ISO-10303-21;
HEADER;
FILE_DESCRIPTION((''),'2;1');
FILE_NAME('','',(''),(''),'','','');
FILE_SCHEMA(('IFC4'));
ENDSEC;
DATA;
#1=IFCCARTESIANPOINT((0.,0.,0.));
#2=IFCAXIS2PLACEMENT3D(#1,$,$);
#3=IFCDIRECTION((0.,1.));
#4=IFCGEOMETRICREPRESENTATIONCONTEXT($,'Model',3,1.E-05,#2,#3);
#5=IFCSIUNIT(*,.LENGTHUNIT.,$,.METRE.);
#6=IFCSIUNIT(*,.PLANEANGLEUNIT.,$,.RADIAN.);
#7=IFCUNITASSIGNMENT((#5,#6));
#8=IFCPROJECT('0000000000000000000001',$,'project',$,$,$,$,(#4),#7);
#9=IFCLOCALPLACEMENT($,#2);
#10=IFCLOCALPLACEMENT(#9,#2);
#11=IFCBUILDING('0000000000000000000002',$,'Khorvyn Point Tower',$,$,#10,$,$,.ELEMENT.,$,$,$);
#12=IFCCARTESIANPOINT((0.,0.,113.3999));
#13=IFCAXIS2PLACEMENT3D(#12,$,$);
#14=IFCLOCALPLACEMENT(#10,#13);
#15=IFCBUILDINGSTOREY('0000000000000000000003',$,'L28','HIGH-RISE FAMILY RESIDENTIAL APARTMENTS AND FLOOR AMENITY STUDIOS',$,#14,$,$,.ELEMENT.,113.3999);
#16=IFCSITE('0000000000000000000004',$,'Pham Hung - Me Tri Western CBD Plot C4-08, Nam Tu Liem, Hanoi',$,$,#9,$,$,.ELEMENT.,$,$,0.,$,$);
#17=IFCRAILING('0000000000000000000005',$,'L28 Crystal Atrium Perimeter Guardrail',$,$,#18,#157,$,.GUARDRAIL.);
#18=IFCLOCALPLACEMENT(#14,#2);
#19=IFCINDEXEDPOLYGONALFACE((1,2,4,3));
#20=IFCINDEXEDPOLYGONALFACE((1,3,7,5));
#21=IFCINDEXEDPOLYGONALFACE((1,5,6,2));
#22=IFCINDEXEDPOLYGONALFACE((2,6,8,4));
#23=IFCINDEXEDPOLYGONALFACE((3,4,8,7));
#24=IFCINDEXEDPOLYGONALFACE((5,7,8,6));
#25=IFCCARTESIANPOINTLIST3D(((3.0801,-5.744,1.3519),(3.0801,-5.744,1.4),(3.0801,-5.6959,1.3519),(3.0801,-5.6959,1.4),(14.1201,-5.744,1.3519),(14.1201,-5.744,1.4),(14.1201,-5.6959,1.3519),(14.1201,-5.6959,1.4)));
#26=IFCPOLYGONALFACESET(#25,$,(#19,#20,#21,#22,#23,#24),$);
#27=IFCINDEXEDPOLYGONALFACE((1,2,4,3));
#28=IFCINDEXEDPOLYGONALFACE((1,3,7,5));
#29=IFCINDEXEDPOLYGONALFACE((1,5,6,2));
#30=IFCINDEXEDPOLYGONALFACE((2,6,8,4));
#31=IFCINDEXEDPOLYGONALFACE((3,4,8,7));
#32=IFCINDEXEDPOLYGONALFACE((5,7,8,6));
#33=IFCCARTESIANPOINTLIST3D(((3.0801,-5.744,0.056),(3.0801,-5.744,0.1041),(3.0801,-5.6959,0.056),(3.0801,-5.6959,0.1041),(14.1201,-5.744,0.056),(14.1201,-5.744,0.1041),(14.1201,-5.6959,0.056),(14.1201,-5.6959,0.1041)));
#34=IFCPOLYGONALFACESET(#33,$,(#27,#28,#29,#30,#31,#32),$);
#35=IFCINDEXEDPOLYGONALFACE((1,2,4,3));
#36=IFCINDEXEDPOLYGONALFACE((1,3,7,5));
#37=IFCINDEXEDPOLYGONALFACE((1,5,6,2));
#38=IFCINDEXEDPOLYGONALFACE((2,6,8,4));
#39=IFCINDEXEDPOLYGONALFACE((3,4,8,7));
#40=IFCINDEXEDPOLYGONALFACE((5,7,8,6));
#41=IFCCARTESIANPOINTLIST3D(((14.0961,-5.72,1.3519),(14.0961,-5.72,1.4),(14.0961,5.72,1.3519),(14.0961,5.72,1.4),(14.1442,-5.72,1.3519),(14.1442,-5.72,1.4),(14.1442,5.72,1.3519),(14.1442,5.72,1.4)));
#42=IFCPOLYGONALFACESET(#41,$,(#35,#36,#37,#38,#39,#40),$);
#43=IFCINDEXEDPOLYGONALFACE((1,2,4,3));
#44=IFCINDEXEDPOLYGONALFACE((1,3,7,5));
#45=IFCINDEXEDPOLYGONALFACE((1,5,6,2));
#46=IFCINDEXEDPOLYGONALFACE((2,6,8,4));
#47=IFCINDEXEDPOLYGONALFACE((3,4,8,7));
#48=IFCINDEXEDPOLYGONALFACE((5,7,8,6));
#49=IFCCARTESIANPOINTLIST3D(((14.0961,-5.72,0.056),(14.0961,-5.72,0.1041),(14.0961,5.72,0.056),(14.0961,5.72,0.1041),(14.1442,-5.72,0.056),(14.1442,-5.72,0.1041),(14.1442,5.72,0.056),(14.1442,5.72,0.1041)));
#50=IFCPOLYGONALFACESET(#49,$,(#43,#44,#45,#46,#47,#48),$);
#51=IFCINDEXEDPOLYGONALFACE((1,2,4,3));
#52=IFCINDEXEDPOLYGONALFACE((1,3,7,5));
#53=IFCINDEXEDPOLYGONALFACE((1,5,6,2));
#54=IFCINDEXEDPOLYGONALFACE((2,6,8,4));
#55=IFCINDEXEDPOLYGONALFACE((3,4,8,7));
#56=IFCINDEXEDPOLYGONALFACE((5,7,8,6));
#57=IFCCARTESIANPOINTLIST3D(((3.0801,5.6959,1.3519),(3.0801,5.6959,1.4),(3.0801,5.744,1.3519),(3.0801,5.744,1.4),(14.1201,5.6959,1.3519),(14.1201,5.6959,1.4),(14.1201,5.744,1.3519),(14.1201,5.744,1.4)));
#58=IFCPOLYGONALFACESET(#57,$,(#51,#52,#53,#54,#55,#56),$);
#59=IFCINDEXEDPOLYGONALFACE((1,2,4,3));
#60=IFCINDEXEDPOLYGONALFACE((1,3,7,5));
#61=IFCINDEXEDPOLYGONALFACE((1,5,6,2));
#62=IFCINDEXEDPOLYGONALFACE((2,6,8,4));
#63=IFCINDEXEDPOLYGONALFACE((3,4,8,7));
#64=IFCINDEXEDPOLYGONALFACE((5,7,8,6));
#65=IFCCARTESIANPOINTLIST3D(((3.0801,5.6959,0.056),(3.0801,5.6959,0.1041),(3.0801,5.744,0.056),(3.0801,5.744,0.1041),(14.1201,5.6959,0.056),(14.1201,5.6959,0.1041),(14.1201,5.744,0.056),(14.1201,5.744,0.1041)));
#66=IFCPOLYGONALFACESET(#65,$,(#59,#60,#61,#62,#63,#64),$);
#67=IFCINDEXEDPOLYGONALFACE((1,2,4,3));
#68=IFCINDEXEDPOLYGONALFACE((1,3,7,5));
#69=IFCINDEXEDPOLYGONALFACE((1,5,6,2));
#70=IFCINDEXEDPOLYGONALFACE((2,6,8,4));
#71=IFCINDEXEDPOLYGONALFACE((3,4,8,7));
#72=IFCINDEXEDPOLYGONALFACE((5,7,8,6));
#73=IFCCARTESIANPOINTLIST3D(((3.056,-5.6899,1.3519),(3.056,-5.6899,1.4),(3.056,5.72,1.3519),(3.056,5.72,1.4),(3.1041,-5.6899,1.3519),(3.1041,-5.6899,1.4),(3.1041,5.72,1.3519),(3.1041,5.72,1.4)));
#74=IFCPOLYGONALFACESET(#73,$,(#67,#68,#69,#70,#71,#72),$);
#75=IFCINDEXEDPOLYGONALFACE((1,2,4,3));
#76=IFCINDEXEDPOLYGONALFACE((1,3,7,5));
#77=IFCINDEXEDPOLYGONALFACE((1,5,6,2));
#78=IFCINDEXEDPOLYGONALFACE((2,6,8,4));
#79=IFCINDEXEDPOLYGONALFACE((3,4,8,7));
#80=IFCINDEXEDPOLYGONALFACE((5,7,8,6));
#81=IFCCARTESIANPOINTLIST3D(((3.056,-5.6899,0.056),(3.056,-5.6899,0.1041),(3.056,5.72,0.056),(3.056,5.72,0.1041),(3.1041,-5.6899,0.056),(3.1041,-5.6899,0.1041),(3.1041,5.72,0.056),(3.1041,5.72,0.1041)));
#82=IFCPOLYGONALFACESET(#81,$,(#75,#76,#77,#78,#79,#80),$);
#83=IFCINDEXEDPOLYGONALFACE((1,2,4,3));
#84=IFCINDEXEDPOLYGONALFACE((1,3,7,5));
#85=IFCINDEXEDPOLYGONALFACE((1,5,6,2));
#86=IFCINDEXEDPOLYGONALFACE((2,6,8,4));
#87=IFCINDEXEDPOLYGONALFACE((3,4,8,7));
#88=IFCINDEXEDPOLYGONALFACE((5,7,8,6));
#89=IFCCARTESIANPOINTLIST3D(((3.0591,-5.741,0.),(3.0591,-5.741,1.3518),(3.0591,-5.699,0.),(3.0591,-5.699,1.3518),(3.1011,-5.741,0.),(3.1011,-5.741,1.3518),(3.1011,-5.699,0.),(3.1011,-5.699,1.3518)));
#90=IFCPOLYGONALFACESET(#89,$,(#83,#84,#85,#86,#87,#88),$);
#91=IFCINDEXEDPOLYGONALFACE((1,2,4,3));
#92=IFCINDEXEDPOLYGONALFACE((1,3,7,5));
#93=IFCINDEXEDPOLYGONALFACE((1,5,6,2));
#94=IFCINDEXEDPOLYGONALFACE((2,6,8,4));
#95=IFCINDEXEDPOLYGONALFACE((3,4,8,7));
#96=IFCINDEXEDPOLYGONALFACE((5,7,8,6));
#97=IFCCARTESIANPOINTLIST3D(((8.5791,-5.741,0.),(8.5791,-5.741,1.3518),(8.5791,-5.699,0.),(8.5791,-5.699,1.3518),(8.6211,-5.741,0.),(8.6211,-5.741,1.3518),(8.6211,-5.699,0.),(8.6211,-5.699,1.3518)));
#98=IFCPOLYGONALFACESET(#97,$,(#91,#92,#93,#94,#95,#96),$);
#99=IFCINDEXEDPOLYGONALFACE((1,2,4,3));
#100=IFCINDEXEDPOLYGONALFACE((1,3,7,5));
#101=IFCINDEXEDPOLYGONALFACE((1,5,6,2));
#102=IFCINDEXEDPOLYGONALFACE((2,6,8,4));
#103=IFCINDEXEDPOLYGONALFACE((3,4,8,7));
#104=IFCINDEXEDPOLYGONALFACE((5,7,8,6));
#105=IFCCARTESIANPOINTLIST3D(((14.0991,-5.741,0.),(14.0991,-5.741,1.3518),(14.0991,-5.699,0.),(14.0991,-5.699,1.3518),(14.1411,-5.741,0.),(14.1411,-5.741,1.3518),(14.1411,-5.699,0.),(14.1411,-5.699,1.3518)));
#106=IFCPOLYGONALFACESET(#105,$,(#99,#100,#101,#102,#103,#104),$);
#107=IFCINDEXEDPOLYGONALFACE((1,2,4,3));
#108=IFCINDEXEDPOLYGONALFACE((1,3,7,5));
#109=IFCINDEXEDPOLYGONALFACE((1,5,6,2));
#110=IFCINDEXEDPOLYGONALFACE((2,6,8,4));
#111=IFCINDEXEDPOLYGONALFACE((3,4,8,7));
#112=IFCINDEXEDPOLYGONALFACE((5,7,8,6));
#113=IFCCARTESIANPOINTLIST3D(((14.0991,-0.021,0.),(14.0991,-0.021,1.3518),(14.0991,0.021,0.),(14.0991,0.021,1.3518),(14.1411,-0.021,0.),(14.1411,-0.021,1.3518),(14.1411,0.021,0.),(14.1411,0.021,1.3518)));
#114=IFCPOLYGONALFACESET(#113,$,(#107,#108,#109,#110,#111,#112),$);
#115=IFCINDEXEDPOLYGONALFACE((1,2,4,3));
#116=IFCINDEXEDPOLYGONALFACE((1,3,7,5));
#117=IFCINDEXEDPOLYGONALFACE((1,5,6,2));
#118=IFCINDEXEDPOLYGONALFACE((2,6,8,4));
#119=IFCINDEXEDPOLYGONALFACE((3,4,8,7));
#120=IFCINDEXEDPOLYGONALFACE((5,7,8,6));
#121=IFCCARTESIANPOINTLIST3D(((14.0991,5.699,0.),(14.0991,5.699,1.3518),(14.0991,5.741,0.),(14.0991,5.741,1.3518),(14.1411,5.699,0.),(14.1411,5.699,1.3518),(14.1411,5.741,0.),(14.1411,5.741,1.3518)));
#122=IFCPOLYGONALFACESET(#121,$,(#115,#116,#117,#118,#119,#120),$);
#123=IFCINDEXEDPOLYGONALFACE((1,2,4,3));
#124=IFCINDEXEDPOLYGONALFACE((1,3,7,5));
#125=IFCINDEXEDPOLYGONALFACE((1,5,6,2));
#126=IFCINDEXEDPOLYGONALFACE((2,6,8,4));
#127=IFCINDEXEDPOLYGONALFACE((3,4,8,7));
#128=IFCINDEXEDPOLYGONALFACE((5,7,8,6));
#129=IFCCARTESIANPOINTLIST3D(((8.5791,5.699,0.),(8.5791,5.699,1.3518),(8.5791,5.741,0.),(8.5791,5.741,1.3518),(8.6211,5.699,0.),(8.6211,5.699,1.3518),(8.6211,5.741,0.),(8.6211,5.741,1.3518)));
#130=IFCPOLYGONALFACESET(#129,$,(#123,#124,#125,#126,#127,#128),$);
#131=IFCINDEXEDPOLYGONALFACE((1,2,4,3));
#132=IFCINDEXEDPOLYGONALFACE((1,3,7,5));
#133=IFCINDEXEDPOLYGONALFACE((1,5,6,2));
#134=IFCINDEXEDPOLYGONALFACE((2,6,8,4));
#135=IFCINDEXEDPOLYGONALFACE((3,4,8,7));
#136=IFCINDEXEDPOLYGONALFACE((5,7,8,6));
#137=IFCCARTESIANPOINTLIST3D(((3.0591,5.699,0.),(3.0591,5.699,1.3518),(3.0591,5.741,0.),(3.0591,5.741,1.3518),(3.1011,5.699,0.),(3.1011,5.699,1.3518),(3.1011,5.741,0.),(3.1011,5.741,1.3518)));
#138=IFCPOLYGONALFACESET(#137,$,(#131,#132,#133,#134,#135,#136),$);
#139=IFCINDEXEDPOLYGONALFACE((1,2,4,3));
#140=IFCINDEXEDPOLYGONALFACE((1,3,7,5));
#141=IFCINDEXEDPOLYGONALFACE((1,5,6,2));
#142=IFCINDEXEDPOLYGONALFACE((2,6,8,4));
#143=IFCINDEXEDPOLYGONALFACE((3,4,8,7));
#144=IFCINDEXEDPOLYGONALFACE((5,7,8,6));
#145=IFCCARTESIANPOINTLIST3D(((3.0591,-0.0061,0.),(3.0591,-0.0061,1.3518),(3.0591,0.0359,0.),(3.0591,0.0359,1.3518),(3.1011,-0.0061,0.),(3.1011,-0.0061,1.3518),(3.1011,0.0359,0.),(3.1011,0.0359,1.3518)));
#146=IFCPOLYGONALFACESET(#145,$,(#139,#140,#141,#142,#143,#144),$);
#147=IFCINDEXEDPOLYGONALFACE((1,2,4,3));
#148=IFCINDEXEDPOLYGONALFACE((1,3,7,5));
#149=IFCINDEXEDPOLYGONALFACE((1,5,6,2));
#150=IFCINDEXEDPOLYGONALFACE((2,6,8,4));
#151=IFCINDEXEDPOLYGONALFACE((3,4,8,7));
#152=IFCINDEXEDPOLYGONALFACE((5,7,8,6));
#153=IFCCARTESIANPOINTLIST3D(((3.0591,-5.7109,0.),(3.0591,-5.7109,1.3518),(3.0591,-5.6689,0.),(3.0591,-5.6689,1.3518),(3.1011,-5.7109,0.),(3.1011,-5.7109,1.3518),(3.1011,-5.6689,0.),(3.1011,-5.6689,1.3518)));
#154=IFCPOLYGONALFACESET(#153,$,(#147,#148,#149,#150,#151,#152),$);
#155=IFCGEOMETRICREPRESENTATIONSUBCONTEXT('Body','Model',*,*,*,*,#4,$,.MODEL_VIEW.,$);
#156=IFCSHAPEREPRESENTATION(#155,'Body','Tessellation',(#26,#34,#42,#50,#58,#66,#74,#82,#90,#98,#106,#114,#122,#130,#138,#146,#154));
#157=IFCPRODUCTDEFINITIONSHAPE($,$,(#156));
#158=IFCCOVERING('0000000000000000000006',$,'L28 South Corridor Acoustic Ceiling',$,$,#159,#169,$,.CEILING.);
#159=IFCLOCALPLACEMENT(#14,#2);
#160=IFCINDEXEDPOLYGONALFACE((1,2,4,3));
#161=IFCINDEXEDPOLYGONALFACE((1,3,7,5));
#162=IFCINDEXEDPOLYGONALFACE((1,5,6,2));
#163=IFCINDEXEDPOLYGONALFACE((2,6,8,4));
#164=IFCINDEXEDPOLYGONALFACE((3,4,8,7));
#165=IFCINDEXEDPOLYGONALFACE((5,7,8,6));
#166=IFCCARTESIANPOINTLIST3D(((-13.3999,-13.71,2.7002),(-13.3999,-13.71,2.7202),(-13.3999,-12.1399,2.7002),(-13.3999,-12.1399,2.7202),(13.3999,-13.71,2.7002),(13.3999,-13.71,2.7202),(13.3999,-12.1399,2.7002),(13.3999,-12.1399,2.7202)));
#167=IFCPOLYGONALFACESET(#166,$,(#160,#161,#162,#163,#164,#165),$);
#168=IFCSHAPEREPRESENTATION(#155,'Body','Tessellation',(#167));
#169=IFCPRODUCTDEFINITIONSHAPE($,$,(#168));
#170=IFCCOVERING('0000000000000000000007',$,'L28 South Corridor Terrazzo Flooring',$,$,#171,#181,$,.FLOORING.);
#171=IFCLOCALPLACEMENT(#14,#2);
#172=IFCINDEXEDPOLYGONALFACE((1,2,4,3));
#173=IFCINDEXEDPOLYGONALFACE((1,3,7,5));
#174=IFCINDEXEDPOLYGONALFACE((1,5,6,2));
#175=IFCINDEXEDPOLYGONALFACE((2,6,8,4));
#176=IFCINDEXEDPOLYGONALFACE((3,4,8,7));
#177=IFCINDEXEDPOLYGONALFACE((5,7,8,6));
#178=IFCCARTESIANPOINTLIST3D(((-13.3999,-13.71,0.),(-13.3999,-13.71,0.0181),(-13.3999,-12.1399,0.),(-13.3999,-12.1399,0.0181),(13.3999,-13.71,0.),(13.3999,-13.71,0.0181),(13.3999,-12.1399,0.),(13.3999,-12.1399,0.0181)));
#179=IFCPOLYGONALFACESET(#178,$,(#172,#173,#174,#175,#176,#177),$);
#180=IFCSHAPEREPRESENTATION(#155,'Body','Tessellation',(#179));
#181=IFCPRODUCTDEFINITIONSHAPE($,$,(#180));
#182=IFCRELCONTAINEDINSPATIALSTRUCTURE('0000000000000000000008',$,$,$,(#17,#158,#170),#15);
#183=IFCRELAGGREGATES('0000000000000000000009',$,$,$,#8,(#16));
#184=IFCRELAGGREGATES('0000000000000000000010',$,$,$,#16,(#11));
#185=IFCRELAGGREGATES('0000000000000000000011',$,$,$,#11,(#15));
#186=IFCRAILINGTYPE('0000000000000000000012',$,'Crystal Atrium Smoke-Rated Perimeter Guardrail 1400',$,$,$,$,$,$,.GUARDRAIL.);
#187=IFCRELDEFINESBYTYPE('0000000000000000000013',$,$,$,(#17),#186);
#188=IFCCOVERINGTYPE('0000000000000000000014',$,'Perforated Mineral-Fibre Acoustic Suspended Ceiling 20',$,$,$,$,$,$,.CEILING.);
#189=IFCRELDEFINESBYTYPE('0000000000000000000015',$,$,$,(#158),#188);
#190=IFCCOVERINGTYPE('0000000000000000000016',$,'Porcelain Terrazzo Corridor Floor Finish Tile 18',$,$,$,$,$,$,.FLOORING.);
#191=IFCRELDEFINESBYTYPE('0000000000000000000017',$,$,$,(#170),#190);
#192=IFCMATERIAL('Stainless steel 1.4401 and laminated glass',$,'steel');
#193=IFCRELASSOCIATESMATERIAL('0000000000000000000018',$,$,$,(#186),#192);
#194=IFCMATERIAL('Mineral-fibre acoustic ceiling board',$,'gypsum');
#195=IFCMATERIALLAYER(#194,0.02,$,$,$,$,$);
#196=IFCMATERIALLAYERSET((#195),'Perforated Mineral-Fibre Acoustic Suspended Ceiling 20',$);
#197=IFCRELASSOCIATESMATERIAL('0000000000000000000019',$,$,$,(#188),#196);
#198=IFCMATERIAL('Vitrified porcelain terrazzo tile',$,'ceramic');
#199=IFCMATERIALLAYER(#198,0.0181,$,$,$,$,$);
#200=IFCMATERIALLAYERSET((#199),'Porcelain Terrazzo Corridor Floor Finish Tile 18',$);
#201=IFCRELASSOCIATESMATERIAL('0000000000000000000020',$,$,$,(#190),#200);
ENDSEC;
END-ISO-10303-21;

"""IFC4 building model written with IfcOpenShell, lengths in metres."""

from ifc_helpers import new_model, si_unit, direction, frame, origin, origin_2d, place, context, subcontext, project, spatial, polyline, rectangle, outline, extrude, material, layer, layer_set, type_object, element, save


model = new_model("IFC4")

# Units and contexts
model_context = context("Model", 3, precision=1e-05, world=origin(), true_north=direction((0.0, 1.0)))
body_context = subcontext(model_context, "Body", "Model", "MODEL_VIEW")
ifc_project = project(units=[si_unit("LENGTHUNIT", "METRE"), si_unit("PLANEANGLEUNIT", "RADIAN")], contexts=[model_context])

# Site, building, storey
site_placement = place(None, origin())
site = spatial("IfcSite", under=ifc_project, at=site_placement, Name="Pham Hung - Me Tri Western CBD Plot C4-08, Nam Tu Liem, Hanoi", CompositionType="ELEMENT", RefElevation=0.0)
building_placement = place(site_placement, origin())
building = spatial("IfcBuilding", under=site, at=building_placement, Name="Khorvyn Point Tower", CompositionType="ELEMENT")
storey_placement = place(building_placement, frame((0.0, 0.0, 113.3999)))
storey = spatial("IfcBuildingStorey", under=building, at=storey_placement, Name="L28", Description="HIGH-RISE FAMILY RESIDENTIAL APARTMENTS AND FLOOR AMENITY STUDIOS", CompositionType="ELEMENT", Elevation=113.3999)

# Railing
ifc_material_1 = material(Name="Stainless steel 1.4401 and laminated glass", Category="steel")
railing_type = type_object("IfcRailingType", Name="Crystal Atrium Smoke-Rated Perimeter Guardrail 1400", PredefinedType="GUARDRAIL", material=ifc_material_1)
railing_placement = place(storey_placement, frame((3.0801, -5.72, 0.0)))
element("IfcRailing", 1, at=railing_placement, inside=storey, type_object=railing_type, Name="L28 Crystal Atrium Perimeter Guardrail", PredefinedType="GUARDRAIL", context=body_context, shape_type="SweptSolid", body=[
    extrude(rectangle(XDim=0.0481, YDim=0.0481, at=origin_2d()), frame((0.0, 0.0, 1.376), z_axis=(1.0, 0.0, 0.0), x_axis=(0.0, 1.0, 0.0)), (0.0, 0.0, 1.0), 11.04),
    extrude(rectangle(XDim=0.0481, YDim=0.0481, at=origin_2d()), frame((0.0, 0.0, 0.0801), z_axis=(1.0, 0.0, 0.0), x_axis=(0.0, 1.0, 0.0)), (0.0, 0.0, 1.0), 11.04),
    extrude(rectangle(XDim=0.0481, YDim=0.0481, at=origin_2d()), frame((11.04, 0.0, 1.376), z_axis=(0.0, 1.0, 0.0), x_axis=(-1.0, 0.0, 0.0)), (0.0, 0.0, 1.0), 11.4399),
    extrude(rectangle(XDim=0.0481, YDim=0.0481, at=origin_2d()), frame((11.04, 0.0, 0.0801), z_axis=(0.0, 1.0, 0.0), x_axis=(-1.0, 0.0, 0.0)), (0.0, 0.0, 1.0), 11.4399),
    extrude(rectangle(XDim=0.0481, YDim=0.0481, at=origin_2d()), frame((11.04, 11.4399, 1.376), z_axis=(-1.0, 0.0, 0.0), x_axis=(0.0, -1.0, 0.0)), (0.0, 0.0, 1.0), 11.04),
    extrude(rectangle(XDim=0.0481, YDim=0.0481, at=origin_2d()), frame((11.04, 11.4399, 0.0801), z_axis=(-1.0, 0.0, 0.0), x_axis=(0.0, -1.0, 0.0)), (0.0, 0.0, 1.0), 11.04),
    extrude(rectangle(XDim=0.0481, YDim=0.0481, at=origin_2d()), frame((0.0, 11.4399, 1.376), z_axis=(0.0, -1.0, 0.0), x_axis=(1.0, 0.0, 0.0)), (0.0, 0.0, 1.0), 11.4099),
    extrude(rectangle(XDim=0.0481, YDim=0.0481, at=origin_2d()), frame((0.0, 11.4399, 0.0801), z_axis=(0.0, -1.0, 0.0), x_axis=(1.0, 0.0, 0.0)), (0.0, 0.0, 1.0), 11.4099),
    extrude(rectangle(XDim=0.042, YDim=0.042, at=origin_2d()), origin(), (0.0, 0.0, 1.0), 1.3518),
    extrude(rectangle(XDim=0.042, YDim=0.042, at=origin_2d()), frame((5.52, 0.0, 0.0)), (0.0, 0.0, 1.0), 1.3518),
    extrude(rectangle(XDim=0.042, YDim=0.042, at=origin_2d()), frame((11.04, 0.0, 0.0)), (0.0, 0.0, 1.0), 1.3518),
    extrude(rectangle(XDim=0.042, YDim=0.042, at=origin_2d()), frame((11.04, 5.72, 0.0)), (0.0, 0.0, 1.0), 1.3518),
    extrude(rectangle(XDim=0.042, YDim=0.042, at=origin_2d()), frame((11.04, 11.4399, 0.0)), (0.0, 0.0, 1.0), 1.3518),
    extrude(rectangle(XDim=0.042, YDim=0.042, at=origin_2d()), frame((5.52, 11.4399, 0.0)), (0.0, 0.0, 1.0), 1.3518),
    extrude(rectangle(XDim=0.042, YDim=0.042, at=origin_2d()), frame((0.0, 11.4399, 0.0)), (0.0, 0.0, 1.0), 1.3518),
    extrude(rectangle(XDim=0.042, YDim=0.042, at=origin_2d()), frame((0.0, 5.7349, 0.0)), (0.0, 0.0, 1.0), 1.3518),
    extrude(rectangle(XDim=0.042, YDim=0.042, at=origin_2d()), frame((0.0, 0.03, 0.0)), (0.0, 0.0, 1.0), 1.3518),
])

# Coverings
ifc_material_2 = material(Name="Mineral-fibre acoustic ceiling board", Category="gypsum")
ifc_layer_1 = layer(ifc_material_2, 0.02)
ifc_layer_set_1 = layer_set([ifc_layer_1], Name="Perforated Mineral-Fibre Acoustic Suspended Ceiling 20")
covering_type_1 = type_object("IfcCoveringType", Name="Perforated Mineral-Fibre Acoustic Suspended Ceiling 20", PredefinedType="CEILING", material=ifc_layer_set_1)
covering_1_placement = place(storey_placement, frame((0.0, 0.0, 2.7002)))
element("IfcCovering", 2, at=covering_1_placement, inside=storey, type_object=covering_type_1, Name="L28 South Corridor Acoustic Ceiling", PredefinedType="CEILING", context=body_context, shape_type="SweptSolid", body=[
    extrude(outline(polyline([(-13.3999, -13.71), (13.3999, -13.71), (13.3999, -12.1399), (-13.3999, -12.1399), (-13.3999, -13.71)])), origin(), (0.0, 0.0, 1.0), 0.02),
])
ifc_material_3 = material(Name="Vitrified porcelain terrazzo tile", Category="ceramic")
ifc_layer_2 = layer(ifc_material_3, 0.0181)
ifc_layer_set_2 = layer_set([ifc_layer_2], Name="Porcelain Terrazzo Corridor Floor Finish Tile 18")
covering_type_2 = type_object("IfcCoveringType", Name="Porcelain Terrazzo Corridor Floor Finish Tile 18", PredefinedType="FLOORING", material=ifc_layer_set_2)
covering_2_placement = place(storey_placement, origin())
element("IfcCovering", 3, at=covering_2_placement, inside=storey, type_object=covering_type_2, Name="L28 South Corridor Terrazzo Flooring", PredefinedType="FLOORING", context=body_context, shape_type="SweptSolid", body=[
    extrude(outline(polyline([(-13.3999, -13.71), (13.3999, -13.71), (13.3999, -12.1399), (-13.3999, -12.1399), (-13.3999, -13.71)])), origin(), (0.0, 0.0, 1.0), 0.0181),
])

save(model, "model.ifc")
